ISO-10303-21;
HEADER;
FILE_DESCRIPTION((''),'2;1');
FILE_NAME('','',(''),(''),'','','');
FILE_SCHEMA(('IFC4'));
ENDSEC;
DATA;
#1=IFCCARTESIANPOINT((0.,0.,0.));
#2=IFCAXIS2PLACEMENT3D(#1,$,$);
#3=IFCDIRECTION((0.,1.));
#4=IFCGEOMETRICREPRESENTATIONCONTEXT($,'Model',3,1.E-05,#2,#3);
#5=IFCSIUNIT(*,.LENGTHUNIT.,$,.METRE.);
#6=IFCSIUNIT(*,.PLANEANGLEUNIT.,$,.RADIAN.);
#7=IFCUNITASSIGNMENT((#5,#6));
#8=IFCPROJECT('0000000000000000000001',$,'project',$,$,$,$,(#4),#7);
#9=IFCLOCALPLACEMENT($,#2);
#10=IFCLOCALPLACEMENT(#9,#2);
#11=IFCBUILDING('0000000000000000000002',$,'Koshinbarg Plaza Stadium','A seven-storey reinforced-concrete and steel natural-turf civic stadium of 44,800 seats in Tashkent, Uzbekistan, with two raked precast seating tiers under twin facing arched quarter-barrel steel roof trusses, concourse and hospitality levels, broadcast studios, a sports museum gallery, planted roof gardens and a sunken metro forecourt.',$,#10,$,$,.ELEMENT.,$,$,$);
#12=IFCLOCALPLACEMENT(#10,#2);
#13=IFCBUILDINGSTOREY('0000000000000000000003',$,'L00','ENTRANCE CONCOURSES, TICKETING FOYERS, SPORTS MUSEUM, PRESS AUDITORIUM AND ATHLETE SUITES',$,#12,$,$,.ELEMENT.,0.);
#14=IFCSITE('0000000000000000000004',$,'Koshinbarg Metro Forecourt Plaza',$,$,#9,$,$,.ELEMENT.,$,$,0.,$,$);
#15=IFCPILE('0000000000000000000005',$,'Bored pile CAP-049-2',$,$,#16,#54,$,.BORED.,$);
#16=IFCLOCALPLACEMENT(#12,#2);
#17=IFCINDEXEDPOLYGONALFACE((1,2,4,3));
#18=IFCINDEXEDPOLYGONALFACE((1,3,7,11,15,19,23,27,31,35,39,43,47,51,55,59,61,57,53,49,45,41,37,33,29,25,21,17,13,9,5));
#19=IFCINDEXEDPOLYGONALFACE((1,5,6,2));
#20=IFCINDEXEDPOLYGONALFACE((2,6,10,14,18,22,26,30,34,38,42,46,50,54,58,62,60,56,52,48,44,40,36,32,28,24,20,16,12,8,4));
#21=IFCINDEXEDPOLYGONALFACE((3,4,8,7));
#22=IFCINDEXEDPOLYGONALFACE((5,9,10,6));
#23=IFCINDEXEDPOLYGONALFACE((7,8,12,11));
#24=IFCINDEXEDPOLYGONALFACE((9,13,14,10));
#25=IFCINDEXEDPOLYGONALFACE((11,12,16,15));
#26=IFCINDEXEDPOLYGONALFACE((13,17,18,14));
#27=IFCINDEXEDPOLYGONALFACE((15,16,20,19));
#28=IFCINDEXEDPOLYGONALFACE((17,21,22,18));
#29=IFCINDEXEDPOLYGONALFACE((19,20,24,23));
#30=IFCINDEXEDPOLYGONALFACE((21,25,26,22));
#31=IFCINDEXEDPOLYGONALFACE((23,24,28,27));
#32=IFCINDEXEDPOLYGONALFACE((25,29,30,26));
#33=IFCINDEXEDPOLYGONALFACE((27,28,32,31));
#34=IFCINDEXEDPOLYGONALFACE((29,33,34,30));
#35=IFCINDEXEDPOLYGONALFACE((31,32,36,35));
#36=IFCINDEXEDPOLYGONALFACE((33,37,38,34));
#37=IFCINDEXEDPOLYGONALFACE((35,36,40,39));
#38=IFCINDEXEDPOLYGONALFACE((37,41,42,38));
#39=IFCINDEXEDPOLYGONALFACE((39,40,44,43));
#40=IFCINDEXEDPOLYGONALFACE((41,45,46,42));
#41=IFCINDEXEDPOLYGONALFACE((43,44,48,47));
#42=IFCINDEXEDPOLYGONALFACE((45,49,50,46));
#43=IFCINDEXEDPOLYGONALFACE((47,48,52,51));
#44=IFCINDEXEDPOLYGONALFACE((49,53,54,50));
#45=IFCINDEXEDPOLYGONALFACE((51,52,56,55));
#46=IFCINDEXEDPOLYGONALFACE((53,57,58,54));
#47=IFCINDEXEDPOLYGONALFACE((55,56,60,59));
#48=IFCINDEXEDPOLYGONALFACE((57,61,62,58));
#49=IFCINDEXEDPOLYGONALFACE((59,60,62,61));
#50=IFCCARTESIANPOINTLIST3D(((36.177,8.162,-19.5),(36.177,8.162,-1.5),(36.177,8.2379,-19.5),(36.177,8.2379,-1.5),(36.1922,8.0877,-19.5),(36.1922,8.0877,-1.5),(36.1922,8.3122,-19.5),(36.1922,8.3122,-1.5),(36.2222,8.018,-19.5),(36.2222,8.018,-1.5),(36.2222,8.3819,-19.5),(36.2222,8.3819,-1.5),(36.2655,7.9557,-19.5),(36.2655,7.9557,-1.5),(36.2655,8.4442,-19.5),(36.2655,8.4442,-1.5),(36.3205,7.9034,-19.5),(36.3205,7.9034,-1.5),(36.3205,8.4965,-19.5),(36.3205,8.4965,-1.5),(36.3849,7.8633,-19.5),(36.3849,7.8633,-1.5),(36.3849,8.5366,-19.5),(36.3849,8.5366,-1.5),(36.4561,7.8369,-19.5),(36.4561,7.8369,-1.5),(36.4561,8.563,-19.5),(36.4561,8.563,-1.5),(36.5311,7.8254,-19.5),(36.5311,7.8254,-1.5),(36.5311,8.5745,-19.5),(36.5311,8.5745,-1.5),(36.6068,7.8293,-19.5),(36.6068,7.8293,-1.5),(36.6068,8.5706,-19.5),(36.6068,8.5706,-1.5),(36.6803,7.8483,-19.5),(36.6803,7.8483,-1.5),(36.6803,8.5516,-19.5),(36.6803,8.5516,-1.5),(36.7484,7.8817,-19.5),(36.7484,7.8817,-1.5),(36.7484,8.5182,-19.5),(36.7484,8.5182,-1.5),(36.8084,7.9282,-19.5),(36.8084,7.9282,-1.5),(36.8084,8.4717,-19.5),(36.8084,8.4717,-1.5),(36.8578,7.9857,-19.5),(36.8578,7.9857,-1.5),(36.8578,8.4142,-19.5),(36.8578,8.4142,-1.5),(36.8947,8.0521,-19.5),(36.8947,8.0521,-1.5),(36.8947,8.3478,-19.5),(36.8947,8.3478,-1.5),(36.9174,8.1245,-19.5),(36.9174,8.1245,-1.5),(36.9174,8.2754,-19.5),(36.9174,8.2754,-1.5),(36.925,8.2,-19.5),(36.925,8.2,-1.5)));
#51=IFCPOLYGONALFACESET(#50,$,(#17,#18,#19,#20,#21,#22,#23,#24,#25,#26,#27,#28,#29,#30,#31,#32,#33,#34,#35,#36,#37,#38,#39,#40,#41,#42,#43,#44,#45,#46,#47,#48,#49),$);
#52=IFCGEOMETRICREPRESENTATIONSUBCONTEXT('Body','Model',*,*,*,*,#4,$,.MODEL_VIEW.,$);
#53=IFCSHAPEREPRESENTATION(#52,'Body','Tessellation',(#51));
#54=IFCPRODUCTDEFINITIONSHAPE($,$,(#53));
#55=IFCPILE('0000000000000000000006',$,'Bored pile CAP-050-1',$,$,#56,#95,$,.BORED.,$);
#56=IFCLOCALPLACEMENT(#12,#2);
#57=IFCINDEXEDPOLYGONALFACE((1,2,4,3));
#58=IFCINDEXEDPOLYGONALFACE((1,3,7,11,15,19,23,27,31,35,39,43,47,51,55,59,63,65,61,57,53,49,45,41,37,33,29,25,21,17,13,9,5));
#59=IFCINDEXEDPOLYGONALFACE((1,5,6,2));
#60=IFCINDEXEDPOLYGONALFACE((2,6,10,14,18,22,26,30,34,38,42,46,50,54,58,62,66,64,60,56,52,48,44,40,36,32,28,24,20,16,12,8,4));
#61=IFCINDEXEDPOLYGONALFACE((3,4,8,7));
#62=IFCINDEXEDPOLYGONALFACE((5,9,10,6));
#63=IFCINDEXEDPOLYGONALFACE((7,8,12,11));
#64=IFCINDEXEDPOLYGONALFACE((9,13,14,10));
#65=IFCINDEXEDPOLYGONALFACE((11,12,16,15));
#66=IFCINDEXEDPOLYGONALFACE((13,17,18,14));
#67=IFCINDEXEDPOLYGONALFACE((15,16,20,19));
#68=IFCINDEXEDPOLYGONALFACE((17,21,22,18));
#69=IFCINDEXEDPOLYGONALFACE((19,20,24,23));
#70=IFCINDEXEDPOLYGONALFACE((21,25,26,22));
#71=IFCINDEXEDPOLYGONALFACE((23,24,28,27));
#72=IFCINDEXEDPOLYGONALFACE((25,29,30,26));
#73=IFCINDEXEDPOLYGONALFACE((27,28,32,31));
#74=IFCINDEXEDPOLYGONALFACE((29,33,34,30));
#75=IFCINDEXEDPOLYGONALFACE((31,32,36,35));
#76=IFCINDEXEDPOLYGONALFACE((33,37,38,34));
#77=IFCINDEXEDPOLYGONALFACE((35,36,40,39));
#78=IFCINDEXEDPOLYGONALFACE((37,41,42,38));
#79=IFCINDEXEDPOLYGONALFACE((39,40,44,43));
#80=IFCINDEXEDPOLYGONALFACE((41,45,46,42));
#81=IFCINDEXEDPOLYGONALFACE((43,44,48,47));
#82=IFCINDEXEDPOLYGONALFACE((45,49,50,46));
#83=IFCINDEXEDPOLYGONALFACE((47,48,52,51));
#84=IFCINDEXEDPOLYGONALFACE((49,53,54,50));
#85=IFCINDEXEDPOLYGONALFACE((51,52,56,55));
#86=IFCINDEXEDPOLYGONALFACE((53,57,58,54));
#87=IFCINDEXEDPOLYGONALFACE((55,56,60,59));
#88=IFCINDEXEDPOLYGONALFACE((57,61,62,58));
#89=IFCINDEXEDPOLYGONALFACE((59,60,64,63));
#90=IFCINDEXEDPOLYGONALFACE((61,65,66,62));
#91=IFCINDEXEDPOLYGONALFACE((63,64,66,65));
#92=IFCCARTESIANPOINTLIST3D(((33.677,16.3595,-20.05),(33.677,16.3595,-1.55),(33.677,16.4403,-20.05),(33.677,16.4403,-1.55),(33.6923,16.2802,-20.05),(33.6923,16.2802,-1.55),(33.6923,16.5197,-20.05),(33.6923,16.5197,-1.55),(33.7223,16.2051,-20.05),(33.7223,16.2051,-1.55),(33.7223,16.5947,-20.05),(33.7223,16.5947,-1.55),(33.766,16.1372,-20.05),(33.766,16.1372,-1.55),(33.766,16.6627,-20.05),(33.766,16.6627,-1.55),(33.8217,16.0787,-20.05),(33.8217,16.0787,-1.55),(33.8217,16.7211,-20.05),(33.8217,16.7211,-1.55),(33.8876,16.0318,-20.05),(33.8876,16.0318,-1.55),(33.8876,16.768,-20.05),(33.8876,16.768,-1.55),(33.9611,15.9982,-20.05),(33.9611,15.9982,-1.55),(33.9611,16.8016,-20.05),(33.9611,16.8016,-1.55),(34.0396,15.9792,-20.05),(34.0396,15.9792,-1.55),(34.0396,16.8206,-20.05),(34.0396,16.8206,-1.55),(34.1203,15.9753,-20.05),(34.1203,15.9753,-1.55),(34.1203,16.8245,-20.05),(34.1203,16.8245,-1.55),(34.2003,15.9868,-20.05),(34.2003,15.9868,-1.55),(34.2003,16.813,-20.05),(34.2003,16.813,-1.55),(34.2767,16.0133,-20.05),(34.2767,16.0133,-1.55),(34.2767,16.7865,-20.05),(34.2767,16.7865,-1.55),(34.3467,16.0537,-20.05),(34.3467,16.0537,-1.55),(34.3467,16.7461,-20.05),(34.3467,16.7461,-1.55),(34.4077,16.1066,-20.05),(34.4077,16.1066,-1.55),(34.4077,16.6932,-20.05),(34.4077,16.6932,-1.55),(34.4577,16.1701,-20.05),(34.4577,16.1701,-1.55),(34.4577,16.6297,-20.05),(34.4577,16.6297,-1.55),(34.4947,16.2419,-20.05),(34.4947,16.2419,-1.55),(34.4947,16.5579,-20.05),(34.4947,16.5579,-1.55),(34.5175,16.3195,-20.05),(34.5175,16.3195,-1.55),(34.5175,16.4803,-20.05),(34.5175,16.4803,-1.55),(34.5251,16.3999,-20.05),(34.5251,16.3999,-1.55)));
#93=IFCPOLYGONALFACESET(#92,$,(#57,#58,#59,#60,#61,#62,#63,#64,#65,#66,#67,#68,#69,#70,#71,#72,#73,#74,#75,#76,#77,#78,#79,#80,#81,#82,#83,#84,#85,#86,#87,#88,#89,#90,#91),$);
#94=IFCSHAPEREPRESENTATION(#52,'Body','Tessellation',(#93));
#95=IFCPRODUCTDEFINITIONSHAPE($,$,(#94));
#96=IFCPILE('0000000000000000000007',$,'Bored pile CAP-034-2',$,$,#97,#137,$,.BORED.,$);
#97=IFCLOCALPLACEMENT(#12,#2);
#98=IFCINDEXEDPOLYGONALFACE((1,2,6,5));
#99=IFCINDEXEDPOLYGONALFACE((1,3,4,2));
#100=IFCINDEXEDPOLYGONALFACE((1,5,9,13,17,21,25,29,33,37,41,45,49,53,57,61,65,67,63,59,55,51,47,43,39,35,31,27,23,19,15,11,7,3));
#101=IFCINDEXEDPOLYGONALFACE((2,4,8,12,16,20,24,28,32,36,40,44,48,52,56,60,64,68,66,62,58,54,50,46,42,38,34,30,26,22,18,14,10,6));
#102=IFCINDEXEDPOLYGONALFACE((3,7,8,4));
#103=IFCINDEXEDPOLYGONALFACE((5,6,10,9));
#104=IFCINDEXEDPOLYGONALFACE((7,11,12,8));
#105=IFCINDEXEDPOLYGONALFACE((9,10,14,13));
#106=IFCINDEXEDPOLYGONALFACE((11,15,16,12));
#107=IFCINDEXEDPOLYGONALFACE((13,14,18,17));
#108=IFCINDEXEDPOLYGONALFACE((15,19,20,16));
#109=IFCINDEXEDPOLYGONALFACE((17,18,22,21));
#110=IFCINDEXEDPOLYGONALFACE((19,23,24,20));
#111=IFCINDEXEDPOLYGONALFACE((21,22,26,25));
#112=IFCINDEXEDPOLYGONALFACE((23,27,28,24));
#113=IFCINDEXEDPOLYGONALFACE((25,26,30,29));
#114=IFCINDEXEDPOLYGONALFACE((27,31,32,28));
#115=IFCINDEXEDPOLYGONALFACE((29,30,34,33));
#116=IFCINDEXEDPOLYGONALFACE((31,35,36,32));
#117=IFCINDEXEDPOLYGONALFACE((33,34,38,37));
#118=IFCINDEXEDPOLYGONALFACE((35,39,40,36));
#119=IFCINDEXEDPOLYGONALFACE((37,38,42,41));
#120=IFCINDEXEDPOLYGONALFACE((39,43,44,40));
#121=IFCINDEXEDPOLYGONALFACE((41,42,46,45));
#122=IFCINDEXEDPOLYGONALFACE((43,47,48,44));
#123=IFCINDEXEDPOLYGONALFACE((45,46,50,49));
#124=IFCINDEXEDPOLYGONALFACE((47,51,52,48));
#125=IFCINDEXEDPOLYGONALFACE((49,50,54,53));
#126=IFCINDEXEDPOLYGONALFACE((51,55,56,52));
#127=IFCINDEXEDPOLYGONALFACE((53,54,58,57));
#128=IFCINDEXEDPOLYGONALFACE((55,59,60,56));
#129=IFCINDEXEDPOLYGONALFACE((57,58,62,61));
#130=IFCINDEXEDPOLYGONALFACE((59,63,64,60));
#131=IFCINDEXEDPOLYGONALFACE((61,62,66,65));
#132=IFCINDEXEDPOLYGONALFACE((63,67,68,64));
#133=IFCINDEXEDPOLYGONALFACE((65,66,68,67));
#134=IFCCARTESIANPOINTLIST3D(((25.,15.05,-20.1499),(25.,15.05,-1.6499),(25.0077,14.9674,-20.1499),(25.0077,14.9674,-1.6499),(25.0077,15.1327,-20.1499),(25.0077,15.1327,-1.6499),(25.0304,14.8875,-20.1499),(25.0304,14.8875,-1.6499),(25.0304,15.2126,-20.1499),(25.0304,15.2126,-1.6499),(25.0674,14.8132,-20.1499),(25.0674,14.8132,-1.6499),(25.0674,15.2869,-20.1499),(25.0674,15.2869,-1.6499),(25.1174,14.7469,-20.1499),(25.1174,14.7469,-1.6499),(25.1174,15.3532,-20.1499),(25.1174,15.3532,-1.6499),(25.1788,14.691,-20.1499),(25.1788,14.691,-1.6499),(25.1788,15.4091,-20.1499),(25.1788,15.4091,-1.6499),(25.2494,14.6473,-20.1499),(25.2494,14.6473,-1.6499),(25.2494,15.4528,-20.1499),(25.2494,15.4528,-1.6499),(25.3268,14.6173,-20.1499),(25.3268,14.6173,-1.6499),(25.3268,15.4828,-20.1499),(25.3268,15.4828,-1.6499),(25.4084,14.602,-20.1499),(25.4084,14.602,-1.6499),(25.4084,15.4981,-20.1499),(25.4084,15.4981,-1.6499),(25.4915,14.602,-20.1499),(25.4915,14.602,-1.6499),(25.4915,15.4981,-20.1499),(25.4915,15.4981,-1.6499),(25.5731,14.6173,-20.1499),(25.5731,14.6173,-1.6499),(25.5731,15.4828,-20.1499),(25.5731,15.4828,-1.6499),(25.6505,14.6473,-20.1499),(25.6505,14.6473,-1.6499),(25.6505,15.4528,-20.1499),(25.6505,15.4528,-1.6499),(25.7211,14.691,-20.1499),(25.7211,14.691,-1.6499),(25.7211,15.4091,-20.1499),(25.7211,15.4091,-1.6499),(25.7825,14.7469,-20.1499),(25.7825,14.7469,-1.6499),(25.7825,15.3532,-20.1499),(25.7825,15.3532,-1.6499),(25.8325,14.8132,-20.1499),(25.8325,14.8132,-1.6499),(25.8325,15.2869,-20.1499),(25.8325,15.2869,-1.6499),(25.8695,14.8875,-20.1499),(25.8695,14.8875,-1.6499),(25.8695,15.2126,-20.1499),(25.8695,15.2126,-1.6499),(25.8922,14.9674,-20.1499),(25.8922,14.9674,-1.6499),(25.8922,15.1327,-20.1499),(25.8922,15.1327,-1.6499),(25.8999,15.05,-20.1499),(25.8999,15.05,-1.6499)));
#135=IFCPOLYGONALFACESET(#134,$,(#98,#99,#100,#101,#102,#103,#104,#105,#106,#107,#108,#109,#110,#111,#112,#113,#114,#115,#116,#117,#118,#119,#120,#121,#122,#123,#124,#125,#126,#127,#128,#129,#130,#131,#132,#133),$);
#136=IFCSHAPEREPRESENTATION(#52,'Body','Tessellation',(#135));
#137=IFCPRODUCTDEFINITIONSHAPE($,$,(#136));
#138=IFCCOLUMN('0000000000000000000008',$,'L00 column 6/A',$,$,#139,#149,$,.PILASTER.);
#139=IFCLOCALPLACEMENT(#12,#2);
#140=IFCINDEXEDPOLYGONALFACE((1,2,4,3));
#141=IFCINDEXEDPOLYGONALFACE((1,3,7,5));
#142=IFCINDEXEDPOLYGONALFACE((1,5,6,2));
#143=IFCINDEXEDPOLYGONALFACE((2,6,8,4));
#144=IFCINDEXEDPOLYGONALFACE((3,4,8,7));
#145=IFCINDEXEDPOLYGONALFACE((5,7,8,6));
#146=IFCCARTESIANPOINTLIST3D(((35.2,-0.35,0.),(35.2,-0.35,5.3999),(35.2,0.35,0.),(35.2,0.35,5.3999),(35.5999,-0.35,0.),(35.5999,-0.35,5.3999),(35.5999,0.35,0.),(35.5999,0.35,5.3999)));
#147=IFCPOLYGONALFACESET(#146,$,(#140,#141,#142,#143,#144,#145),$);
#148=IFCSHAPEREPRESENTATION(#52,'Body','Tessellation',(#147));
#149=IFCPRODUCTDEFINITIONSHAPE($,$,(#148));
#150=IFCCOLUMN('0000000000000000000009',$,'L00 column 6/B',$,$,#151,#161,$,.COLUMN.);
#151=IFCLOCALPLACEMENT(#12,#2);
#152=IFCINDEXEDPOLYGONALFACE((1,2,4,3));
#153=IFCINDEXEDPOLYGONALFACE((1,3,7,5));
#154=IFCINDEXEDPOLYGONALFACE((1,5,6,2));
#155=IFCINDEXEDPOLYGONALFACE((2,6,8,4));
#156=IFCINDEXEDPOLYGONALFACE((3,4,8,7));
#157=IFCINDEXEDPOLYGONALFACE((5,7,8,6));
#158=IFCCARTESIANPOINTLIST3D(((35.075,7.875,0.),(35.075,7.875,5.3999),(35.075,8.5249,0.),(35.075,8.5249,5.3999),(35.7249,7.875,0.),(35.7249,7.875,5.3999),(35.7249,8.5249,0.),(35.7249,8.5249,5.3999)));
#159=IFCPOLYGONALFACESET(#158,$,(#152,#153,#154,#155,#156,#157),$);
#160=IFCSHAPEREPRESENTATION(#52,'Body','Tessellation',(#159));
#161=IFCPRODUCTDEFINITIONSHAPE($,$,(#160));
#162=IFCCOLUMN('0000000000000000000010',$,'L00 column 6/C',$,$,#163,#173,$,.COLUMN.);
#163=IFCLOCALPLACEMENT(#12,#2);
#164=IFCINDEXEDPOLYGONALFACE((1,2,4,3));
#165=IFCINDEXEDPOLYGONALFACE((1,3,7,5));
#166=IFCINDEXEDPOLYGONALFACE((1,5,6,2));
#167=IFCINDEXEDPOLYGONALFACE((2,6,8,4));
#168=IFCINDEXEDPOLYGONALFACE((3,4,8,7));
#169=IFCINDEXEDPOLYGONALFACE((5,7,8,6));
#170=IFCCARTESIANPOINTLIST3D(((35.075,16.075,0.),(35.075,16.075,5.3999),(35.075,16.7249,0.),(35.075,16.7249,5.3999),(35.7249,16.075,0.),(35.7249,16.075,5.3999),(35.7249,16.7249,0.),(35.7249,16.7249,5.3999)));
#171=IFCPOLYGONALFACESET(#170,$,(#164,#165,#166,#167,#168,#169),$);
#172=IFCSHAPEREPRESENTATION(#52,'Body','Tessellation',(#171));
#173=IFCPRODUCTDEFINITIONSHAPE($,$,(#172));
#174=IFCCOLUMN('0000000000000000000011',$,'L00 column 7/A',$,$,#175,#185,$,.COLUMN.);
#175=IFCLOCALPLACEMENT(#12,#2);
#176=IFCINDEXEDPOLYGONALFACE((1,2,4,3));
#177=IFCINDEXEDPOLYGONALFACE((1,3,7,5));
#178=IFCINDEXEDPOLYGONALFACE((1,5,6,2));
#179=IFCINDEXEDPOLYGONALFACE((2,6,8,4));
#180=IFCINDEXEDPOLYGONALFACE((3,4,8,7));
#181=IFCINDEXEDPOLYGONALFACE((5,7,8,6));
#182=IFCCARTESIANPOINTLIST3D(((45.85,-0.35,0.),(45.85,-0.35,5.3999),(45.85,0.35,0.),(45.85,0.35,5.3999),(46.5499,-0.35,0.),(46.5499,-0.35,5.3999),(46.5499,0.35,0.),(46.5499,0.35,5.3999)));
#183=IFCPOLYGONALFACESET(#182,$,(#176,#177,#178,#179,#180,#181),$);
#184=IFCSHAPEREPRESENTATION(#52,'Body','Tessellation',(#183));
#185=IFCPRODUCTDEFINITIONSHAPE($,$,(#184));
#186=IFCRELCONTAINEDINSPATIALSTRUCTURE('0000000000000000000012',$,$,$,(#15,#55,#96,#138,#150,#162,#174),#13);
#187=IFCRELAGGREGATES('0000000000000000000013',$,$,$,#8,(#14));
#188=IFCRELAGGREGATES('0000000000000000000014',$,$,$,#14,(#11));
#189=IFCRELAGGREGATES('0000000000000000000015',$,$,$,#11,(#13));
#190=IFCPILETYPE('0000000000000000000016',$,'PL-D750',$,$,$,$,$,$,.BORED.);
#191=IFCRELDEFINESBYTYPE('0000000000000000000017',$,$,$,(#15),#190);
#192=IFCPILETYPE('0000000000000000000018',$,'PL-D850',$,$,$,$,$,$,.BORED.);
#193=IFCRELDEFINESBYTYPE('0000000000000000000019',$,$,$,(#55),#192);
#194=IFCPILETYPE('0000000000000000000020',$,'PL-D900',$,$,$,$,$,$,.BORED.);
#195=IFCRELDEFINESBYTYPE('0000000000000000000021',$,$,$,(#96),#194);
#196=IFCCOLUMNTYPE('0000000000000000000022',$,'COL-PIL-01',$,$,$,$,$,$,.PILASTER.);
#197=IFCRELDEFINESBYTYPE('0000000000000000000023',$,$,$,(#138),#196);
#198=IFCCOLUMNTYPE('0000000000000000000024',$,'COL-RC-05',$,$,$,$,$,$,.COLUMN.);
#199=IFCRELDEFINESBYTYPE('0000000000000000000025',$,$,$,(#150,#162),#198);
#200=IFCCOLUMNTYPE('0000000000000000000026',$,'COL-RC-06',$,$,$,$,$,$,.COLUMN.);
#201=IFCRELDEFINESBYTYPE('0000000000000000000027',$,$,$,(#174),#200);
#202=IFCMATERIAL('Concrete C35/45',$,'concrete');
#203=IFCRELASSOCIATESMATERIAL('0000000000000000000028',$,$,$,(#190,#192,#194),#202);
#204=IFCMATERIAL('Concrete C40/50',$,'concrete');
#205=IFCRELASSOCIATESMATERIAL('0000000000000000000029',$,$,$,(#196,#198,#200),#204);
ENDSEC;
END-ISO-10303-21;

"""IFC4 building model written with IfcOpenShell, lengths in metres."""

from ifc_helpers import new_model, si_unit, direction, frame, origin, origin_2d, place, context, subcontext, project, spatial, rectangle, circle, extrude, material, material_profile, profile_set, type_object, element, save


model = new_model("IFC4")

# Units and contexts
model_context = context("Model", 3, precision=1e-05, world=origin(), true_north=direction((0.0, 1.0)))
body_context = subcontext(model_context, "Body", "Model", "MODEL_VIEW")
ifc_project = project(units=[si_unit("LENGTHUNIT", "METRE"), si_unit("PLANEANGLEUNIT", "RADIAN")], contexts=[model_context])

# Site, building, storey
site_placement = place(None, origin())
site = spatial("IfcSite", under=ifc_project, at=site_placement, Name="Koshinbarg Metro Forecourt Plaza", CompositionType="ELEMENT", RefElevation=0.0)
building_placement = place(site_placement, origin())
building = spatial("IfcBuilding", under=site, at=building_placement, Name="Koshinbarg Plaza Stadium", Description="A seven-storey reinforced-concrete and steel natural-turf civic stadium of 44,800 seats in Tashkent, Uzbekistan, with two raked precast seating tiers under twin facing arched quarter-barrel steel roof trusses, concourse and hospitality levels, broadcast studios, a sports museum gallery, planted roof gardens and a sunken metro forecourt.", CompositionType="ELEMENT")
storey_placement = place(building_placement, origin())
storey = spatial("IfcBuildingStorey", under=building, at=storey_placement, Name="L00", Description="ENTRANCE CONCOURSES, TICKETING FOYERS, SPORTS MUSEUM, PRESS AUDITORIUM AND ATHLETE SUITES", CompositionType="ELEMENT", Elevation=0.0)

# Shared definitions
ifc_material_1 = material(Name="Concrete C35/45", Category="concrete")

# Piles
ifc_material_profile_1 = material_profile(ifc_material_1, circle(Radius=0.375, at=origin_2d()), Name="PILE D750")
ifc_profile_set_1 = profile_set([ifc_material_profile_1], Name="Concrete C35/45")
pile_type_1 = type_object("IfcPileType", Name="PL-D750", PredefinedType="BORED", material=ifc_profile_set_1)
for number, where, z_axis, x_axis, name in (
    (1, (36.55, 8.2, -1.5), (0.0, 0.0, -1.0), (1.0, 0.0, 0.0), "Bored pile CAP-049-2"),
):
    element("IfcPile", number, at=place(storey_placement, frame(where, z_axis=z_axis, x_axis=x_axis)), inside=storey, type_object=pile_type_1, Name=name, PredefinedType="BORED", context=body_context, shape_type="SweptSolid", body=[
        extrude(circle(Radius=0.375, at=origin_2d()), origin(), (0.0, 0.0, 1.0), 18.0),
    ])
ifc_material_profile_2 = material_profile(ifc_material_1, circle(Radius=0.425, at=origin_2d()), Name="PILE D850")
ifc_profile_set_2 = profile_set([ifc_material_profile_2], Name="Concrete C35/45")
pile_type_2 = type_object("IfcPileType", Name="PL-D850", PredefinedType="BORED", material=ifc_profile_set_2)
pile_1_placement = place(storey_placement, frame((34.1001, 16.3999, -1.55), z_axis=(0.0, 0.0, -1.0), x_axis=(1.0, 0.0, 0.0)))
element("IfcPile", 2, at=pile_1_placement, inside=storey, type_object=pile_type_2, Name="Bored pile CAP-050-1", PredefinedType="BORED", context=body_context, shape_type="SweptSolid", body=[
    extrude(circle(Radius=0.425, at=origin_2d()), origin(), (0.0, 0.0, 1.0), 18.5),
])
ifc_material_profile_3 = material_profile(ifc_material_1, circle(Radius=0.45, at=origin_2d()), Name="PILE D900")
ifc_profile_set_3 = profile_set([ifc_material_profile_3], Name="Concrete C35/45")
pile_type_3 = type_object("IfcPileType", Name="PL-D900", PredefinedType="BORED", material=ifc_profile_set_3)
pile_2_placement = place(storey_placement, frame((25.45, 15.05, -1.6499), z_axis=(0.0, 0.0, -1.0), x_axis=(1.0, 0.0, 0.0)))
element("IfcPile", 3, at=pile_2_placement, inside=storey, type_object=pile_type_3, Name="Bored pile CAP-034-2", PredefinedType="BORED", context=body_context, shape_type="SweptSolid", body=[
    extrude(circle(Radius=0.45, at=origin_2d()), origin(), (0.0, 0.0, 1.0), 18.5),
])

# Columns
ifc_material_2 = material(Name="Concrete C40/50", Category="concrete")
ifc_material_profile_4 = material_profile(ifc_material_2, rectangle(XDim=0.3999, YDim=0.7, at=origin_2d()), Name="PIL 400x700")
ifc_profile_set_4 = profile_set([ifc_material_profile_4], Name="Concrete C40/50")
column_type_1 = type_object("IfcColumnType", Name="COL-PIL-01", PredefinedType="PILASTER", material=ifc_profile_set_4)
column_placement = place(storey_placement, frame((35.3999, 0.0, 0.0), z_axis=(0.0, 0.0, 1.0), x_axis=(1.0, 0.0, 0.0)))
element("IfcColumn", 4, at=column_placement, inside=storey, type_object=column_type_1, Name="L00 column 6/A", PredefinedType="PILASTER", context=body_context, shape_type="SweptSolid", body=[
    extrude(rectangle(XDim=0.3999, YDim=0.7, at=origin_2d()), origin(), (0.0, 0.0, 1.0), 5.3999),
])
ifc_material_profile_5 = material_profile(ifc_material_2, rectangle(XDim=0.6499, YDim=0.6499, at=origin_2d()), Name="RC 650x650")
ifc_profile_set_5 = profile_set([ifc_material_profile_5], Name="Concrete C40/50")
column_type_2 = type_object("IfcColumnType", Name="COL-RC-05", PredefinedType="COLUMN", material=ifc_profile_set_5)
for number, where, z_axis, x_axis, name in (
    (5, (35.3999, 8.2, 0.0), (0.0, 0.0, 1.0), (1.0, 0.0, 0.0), "L00 column 6/B"),
    (6, (35.3999, 16.3999, 0.0), (0.0, 0.0, 1.0), (1.0, 0.0, 0.0), "L00 column 6/C"),
):
    element("IfcColumn", number, at=place(storey_placement, frame(where, z_axis=z_axis, x_axis=x_axis)), inside=storey, type_object=column_type_2, Name=name, PredefinedType="COLUMN", context=body_context, shape_type="SweptSolid", body=[
        extrude(rectangle(XDim=0.6499, YDim=0.6499, at=origin_2d()), origin(), (0.0, 0.0, 1.0), 5.3999),
    ])
ifc_material_profile_6 = material_profile(ifc_material_2, rectangle(XDim=0.7, YDim=0.7, at=origin_2d()), Name="RC 700x700")
ifc_profile_set_6 = profile_set([ifc_material_profile_6], Name="Concrete C40/50")
column_type_3 = type_object("IfcColumnType", Name="COL-RC-06", PredefinedType="COLUMN", material=ifc_profile_set_6)
for number, where, z_axis, x_axis, name in (
    (7, (46.2, 0.0, 0.0), (0.0, 0.0, 1.0), (1.0, 0.0, 0.0), "L00 column 7/A"),
):
    element("IfcColumn", number, at=place(storey_placement, frame(where, z_axis=z_axis, x_axis=x_axis)), inside=storey, type_object=column_type_3, Name=name, PredefinedType="COLUMN", context=body_context, shape_type="SweptSolid", body=[
        extrude(rectangle(XDim=0.7, YDim=0.7, at=origin_2d()), origin(), (0.0, 0.0, 1.0), 5.3999),
    ])

save(model, "model.ifc")
